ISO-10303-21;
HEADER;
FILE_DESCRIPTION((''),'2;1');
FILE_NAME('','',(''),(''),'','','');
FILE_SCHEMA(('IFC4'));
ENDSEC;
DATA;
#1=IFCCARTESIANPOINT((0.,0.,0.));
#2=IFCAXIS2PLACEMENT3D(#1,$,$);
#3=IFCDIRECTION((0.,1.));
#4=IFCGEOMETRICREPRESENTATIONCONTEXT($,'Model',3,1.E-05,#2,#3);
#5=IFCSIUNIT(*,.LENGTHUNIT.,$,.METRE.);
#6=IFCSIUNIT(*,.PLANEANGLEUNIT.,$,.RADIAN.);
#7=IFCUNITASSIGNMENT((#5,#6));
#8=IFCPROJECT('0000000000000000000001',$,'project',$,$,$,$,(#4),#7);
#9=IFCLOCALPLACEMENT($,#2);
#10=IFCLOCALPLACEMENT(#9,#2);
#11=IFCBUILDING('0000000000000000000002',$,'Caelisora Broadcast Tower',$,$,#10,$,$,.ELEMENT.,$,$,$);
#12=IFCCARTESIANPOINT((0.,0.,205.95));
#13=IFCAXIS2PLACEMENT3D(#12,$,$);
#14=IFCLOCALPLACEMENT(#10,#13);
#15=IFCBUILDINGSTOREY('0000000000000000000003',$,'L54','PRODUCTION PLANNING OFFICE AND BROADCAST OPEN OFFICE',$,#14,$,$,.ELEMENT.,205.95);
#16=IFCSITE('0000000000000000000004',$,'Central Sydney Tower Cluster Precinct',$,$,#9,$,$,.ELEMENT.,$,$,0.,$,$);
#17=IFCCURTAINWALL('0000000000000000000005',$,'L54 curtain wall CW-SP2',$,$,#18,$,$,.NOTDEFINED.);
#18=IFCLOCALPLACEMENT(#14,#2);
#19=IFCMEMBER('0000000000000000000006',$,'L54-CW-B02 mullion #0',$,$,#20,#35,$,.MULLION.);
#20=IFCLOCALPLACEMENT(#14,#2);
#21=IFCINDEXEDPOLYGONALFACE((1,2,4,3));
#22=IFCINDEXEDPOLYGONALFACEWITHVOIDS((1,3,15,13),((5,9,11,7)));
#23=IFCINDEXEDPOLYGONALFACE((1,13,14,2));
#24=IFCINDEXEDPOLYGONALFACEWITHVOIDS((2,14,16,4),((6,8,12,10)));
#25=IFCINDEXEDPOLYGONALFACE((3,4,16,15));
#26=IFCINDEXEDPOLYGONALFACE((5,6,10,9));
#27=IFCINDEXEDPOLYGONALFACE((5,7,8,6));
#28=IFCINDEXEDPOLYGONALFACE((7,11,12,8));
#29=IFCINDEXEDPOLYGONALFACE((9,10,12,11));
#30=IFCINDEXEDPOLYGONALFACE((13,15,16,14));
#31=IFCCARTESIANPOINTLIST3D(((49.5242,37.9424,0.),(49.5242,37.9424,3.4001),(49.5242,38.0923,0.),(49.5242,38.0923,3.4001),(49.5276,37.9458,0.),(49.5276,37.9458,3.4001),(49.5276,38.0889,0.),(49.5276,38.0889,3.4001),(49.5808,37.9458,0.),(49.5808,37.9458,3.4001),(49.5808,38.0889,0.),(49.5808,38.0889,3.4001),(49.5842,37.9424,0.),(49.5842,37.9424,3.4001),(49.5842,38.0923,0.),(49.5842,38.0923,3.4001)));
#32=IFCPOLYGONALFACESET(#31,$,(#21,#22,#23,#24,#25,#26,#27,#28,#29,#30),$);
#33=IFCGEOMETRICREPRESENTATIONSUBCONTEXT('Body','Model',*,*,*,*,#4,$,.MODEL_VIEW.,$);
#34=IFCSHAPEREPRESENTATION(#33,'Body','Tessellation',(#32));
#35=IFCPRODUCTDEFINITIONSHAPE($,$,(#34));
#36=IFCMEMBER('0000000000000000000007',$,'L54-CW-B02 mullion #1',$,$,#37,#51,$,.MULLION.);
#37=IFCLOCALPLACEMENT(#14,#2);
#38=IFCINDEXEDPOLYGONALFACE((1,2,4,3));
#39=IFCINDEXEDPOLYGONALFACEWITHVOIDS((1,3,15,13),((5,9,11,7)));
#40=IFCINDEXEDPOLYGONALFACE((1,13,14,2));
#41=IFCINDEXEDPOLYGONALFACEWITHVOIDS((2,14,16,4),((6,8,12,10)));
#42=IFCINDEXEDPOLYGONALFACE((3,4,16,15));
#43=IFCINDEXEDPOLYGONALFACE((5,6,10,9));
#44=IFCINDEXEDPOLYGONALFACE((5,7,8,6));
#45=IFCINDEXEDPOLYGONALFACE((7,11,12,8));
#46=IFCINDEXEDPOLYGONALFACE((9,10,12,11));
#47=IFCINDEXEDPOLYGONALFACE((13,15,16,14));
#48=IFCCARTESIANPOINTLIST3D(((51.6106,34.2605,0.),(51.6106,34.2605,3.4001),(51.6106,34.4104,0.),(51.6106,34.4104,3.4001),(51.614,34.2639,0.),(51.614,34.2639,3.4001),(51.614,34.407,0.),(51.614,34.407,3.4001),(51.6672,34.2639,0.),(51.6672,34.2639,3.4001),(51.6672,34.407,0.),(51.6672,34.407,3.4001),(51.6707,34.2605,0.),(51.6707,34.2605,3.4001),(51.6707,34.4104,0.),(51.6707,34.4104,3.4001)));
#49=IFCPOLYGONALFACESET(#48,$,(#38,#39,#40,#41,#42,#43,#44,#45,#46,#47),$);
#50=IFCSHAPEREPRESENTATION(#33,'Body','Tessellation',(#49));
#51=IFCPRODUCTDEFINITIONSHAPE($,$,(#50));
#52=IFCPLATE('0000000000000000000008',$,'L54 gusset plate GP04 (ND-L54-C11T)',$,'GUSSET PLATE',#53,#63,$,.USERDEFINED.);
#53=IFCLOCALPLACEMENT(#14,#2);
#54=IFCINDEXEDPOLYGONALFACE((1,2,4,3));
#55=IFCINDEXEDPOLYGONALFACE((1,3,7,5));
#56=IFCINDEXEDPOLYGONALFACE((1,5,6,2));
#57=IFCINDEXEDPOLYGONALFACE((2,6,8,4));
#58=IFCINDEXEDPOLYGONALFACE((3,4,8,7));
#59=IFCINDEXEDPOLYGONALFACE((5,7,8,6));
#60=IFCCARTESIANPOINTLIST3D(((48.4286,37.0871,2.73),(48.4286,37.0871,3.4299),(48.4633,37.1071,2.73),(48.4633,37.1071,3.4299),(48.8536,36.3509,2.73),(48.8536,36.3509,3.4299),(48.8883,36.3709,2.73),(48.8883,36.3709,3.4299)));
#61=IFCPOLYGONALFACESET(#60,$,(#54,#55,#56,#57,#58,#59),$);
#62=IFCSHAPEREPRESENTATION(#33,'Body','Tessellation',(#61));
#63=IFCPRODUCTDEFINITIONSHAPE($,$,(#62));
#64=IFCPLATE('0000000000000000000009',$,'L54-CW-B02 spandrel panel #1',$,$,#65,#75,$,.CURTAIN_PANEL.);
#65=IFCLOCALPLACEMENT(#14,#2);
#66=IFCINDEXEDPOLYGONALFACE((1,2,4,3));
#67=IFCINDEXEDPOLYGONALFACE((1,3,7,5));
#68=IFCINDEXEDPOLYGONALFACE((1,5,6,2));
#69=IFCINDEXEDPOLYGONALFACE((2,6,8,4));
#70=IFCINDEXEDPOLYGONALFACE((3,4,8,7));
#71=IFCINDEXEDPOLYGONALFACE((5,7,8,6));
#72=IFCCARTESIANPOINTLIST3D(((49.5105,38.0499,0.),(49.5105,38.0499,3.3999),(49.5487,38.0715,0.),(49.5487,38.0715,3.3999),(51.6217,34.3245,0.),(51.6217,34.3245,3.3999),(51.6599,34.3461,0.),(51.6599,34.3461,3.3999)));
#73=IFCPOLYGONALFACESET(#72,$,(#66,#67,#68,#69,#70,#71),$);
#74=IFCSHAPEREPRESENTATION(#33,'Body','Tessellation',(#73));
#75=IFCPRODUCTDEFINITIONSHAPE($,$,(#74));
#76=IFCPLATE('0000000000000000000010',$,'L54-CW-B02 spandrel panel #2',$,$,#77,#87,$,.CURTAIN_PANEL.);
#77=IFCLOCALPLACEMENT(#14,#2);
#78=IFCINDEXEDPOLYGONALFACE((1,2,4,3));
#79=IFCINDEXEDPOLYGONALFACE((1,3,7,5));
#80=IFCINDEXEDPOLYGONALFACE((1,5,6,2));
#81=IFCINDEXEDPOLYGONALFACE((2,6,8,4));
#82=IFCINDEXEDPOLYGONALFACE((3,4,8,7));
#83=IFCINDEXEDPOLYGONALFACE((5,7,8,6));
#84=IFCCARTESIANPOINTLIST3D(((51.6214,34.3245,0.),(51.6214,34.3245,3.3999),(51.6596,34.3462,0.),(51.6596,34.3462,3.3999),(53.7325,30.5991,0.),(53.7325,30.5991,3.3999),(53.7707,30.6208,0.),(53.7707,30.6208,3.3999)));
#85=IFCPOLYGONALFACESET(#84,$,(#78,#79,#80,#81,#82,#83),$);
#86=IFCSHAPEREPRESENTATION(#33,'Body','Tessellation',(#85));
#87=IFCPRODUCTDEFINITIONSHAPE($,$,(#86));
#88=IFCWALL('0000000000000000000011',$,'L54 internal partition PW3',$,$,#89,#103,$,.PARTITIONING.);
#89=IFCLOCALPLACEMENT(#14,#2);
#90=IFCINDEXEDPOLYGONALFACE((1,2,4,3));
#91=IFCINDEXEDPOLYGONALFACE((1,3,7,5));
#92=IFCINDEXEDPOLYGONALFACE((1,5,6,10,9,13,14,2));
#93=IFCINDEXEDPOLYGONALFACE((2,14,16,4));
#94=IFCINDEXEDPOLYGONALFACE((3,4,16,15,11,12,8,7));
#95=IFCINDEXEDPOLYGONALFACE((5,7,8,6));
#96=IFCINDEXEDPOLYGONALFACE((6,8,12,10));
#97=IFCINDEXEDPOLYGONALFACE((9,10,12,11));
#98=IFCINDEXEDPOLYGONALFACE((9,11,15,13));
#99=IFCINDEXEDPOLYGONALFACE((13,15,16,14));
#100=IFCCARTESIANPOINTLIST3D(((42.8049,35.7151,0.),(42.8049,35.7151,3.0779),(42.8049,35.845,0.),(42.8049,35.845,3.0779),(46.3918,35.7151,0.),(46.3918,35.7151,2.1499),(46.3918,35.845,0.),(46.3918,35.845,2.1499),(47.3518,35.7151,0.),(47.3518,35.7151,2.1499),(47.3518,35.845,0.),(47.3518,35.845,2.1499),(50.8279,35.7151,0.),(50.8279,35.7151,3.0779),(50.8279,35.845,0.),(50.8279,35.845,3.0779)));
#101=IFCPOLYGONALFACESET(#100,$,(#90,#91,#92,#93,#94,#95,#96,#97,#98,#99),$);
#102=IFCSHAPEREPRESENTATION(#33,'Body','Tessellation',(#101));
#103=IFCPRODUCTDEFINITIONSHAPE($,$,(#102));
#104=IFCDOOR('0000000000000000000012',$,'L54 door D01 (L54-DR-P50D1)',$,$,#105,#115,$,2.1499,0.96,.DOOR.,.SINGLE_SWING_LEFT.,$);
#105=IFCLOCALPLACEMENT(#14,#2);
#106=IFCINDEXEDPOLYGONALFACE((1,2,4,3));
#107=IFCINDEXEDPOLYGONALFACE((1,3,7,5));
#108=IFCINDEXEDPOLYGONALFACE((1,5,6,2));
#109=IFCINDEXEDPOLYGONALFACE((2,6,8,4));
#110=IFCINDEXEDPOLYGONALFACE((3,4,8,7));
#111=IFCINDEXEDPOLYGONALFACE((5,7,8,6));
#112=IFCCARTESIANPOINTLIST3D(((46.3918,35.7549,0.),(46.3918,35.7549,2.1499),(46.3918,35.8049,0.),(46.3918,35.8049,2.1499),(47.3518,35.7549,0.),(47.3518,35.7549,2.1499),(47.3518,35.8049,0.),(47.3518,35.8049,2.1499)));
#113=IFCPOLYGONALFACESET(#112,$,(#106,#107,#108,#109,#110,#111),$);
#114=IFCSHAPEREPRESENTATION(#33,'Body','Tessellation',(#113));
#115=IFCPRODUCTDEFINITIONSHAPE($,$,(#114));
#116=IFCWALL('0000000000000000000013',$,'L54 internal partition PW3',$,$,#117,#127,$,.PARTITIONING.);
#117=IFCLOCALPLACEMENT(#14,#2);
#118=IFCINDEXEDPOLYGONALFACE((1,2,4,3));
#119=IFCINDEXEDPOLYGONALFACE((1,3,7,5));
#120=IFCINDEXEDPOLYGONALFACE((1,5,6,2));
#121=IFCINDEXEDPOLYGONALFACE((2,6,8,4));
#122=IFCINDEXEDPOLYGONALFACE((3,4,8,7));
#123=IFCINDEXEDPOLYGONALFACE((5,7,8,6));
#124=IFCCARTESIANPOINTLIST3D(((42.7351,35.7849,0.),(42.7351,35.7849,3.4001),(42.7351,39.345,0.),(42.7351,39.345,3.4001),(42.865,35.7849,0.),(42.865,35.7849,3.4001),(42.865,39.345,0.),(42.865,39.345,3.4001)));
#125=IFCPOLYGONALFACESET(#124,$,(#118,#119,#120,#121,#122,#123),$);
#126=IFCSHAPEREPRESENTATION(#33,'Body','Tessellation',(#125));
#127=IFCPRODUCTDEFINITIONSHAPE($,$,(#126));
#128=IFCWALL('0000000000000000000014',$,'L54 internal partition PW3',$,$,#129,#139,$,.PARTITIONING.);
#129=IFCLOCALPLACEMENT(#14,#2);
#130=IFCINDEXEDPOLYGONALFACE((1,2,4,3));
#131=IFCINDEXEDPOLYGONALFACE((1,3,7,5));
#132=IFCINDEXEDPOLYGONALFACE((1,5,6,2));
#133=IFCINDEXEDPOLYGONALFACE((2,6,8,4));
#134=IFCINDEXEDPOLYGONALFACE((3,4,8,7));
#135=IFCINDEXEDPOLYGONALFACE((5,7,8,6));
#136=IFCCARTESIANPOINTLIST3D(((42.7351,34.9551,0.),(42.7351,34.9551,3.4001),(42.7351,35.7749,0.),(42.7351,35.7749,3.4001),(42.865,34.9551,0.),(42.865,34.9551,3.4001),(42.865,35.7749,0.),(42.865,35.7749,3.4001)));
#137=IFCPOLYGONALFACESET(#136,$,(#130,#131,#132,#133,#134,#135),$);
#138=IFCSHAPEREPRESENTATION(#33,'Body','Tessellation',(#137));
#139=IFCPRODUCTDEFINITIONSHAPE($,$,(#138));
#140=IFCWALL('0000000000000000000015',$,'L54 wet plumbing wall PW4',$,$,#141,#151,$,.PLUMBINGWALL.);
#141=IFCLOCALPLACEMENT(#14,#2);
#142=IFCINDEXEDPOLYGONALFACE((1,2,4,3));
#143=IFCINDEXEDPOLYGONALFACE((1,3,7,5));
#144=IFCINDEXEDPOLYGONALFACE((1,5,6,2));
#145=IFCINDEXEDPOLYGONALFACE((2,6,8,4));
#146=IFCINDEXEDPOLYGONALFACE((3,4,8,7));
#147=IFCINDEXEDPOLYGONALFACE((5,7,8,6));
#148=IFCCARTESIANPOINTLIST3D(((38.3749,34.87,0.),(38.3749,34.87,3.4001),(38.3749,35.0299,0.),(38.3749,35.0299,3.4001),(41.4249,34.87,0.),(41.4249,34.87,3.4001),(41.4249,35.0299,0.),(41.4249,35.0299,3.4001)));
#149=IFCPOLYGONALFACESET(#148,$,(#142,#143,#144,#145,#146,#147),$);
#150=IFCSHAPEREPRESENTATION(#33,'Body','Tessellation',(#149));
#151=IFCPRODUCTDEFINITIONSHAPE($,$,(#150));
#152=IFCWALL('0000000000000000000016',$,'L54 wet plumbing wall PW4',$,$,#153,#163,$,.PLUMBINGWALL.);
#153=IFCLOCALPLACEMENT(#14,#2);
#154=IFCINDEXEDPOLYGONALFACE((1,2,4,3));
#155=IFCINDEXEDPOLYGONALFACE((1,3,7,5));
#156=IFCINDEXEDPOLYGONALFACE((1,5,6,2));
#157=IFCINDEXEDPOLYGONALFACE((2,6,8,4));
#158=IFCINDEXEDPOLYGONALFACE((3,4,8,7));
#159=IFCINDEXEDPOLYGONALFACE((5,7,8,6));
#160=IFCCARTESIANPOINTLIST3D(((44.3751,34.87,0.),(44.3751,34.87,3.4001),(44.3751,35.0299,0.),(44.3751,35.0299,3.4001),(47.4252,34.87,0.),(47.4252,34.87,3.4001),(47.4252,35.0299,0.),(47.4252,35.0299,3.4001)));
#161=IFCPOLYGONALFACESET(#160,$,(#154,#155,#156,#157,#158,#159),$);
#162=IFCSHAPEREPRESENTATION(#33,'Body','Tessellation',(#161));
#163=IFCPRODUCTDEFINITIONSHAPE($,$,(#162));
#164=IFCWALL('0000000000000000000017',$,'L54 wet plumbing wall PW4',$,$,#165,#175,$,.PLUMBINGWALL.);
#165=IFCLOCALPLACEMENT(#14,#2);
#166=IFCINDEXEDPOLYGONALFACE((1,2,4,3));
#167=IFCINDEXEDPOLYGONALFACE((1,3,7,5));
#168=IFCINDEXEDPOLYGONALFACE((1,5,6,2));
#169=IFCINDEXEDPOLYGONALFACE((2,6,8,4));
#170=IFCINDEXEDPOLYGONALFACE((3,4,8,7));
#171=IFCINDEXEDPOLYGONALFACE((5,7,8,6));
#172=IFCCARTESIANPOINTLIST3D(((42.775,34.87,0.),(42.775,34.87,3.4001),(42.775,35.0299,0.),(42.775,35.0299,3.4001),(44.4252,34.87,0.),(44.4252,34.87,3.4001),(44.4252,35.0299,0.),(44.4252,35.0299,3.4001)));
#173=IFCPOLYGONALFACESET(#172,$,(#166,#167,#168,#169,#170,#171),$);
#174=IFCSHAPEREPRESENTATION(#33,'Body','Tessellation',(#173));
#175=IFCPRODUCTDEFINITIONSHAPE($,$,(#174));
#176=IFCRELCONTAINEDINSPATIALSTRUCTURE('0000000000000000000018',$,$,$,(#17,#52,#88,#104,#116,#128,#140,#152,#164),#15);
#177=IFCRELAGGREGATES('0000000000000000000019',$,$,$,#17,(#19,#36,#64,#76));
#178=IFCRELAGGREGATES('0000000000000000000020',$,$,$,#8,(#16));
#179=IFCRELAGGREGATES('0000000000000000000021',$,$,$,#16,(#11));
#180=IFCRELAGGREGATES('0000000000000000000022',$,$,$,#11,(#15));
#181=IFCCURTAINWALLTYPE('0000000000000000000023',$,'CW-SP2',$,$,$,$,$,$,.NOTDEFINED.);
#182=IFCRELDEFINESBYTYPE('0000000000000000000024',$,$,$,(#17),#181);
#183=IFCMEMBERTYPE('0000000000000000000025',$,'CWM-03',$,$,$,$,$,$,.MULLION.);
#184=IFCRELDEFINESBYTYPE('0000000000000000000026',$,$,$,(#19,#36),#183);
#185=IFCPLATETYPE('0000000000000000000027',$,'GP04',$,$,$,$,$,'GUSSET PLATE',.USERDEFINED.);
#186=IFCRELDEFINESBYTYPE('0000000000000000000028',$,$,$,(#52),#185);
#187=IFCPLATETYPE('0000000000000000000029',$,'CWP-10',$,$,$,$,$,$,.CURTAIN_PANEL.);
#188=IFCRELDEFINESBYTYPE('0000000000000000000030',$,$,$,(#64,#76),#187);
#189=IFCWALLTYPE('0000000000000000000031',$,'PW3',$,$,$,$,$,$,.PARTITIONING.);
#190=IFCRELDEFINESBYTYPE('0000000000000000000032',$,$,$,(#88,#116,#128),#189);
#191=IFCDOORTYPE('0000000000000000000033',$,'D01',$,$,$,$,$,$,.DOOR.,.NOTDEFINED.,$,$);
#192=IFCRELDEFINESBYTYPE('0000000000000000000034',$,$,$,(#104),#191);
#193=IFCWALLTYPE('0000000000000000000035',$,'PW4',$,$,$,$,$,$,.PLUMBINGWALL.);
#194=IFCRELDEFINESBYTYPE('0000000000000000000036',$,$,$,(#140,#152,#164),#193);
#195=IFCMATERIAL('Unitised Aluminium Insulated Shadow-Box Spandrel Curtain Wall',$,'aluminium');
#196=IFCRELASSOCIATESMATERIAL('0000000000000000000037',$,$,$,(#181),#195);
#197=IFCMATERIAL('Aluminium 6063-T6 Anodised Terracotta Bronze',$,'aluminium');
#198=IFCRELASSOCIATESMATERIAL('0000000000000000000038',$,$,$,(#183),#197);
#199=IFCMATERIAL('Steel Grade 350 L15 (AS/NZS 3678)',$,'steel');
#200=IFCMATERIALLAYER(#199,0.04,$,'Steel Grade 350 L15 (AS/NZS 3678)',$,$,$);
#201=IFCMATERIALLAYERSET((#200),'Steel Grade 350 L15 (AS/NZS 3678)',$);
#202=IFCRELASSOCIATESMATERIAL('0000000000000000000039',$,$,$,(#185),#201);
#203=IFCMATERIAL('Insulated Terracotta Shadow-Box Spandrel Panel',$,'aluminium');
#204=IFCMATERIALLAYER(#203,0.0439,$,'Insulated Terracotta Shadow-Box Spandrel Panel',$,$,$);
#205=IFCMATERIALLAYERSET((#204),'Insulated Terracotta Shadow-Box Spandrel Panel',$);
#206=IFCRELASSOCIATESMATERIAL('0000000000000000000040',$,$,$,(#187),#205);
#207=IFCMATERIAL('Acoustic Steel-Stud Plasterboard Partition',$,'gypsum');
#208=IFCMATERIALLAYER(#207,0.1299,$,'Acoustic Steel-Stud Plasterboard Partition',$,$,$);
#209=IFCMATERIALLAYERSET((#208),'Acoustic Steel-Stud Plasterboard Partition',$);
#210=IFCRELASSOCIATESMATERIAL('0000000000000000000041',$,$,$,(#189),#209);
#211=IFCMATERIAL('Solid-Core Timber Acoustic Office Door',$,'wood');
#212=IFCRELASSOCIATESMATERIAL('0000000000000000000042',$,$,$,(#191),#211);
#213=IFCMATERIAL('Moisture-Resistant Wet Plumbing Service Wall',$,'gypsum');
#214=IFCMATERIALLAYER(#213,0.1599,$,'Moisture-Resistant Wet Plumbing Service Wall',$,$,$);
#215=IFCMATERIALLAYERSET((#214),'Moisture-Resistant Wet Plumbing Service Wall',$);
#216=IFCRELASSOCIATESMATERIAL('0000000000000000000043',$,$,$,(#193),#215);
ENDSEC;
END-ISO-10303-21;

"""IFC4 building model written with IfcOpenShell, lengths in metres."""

from ifc_helpers import new_model, si_unit, direction, frame, frame_2d, origin, origin_2d, place, context, subcontext, project, spatial, rectangle, hollow_rectangle, extrude, source, transform, mapped, material, layer, layer_set, material_profile, profile_set, type_object, type_shapes, element, fill, aggregate, save


model = new_model("IFC4")

# Units and contexts
model_context = context("Model", 3, precision=1e-05, world=origin(), true_north=direction((0.0, 1.0)))
body_context = subcontext(model_context, "Body", "Model", "MODEL_VIEW")
ifc_project = project(units=[si_unit("LENGTHUNIT", "METRE"), si_unit("PLANEANGLEUNIT", "RADIAN")], contexts=[model_context])

# Site, building, storey
site_placement = place(None, origin())
site = spatial("IfcSite", under=ifc_project, at=site_placement, Name="Central Sydney Tower Cluster Precinct", CompositionType="ELEMENT", RefElevation=0.0)
building_placement = place(site_placement, origin())
building = spatial("IfcBuilding", under=site, at=building_placement, Name="Caelisora Broadcast Tower", CompositionType="ELEMENT")
storey_placement = place(building_placement, frame((0.0, 0.0, 205.95)))
storey = spatial("IfcBuildingStorey", under=building, at=storey_placement, Name="L54", Description="PRODUCTION PLANNING OFFICE AND BROADCAST OPEN OFFICE", CompositionType="ELEMENT", Elevation=205.95)

# Shared definitions
ifc_material_1 = material(Name="Steel Grade 350 L15 (AS/NZS 3678)", Category="steel")

# Curtain wall, members
ifc_material_2 = material(Name="Unitised Aluminium Insulated Shadow-Box Spandrel Curtain Wall", Category="aluminium")
curtain_wall_type = type_object("IfcCurtainWallType", Name="CW-SP2", PredefinedType="NOTDEFINED", material=ifc_material_2)
curtain_wall_placement = place(storey_placement, origin())
curtain_wall = element("IfcCurtainWall", 1, at=curtain_wall_placement, inside=storey, type_object=curtain_wall_type, Name="L54 curtain wall CW-SP2", PredefinedType="NOTDEFINED")
ifc_material_3 = material(Name="Aluminium 6063-T6 Anodised Terracotta Bronze", Category="aluminium")
ifc_material_profile_1 = material_profile(ifc_material_3, hollow_rectangle(XDim=0.0601, YDim=0.1499, WallThickness=0.0034, at=origin_2d()), Name="Aluminium 6063-T6 Anodised Terracotta Bronze")
ifc_profile_set_1 = profile_set([ifc_material_profile_1], Name="Aluminium 6063-T6 Anodised Terracotta Bronze")
member_type = type_object("IfcMemberType", Name="CWM-03", PredefinedType="MULLION", material=ifc_profile_set_1)
shared_shape_1 = source(origin(), body_context, "Body", "SweptSolid", [
    extrude(hollow_rectangle(XDim=0.0601, YDim=0.1499, WallThickness=0.0034, at=origin_2d()), origin(), (0.0, 0.0, 1.0), 3.4001),
])
type_shapes(member_type, [shared_shape_1])
member_1_placement = place(storey_placement, frame((49.5542, 38.0173, 0.0), z_axis=(0.0, 0.0, 1.0), x_axis=(1.0, 0.0, 0.0)))
member_1 = element("IfcMember", 2, at=member_1_placement, type_object=member_type, Name="L54-CW-B02 mullion #0", PredefinedType="MULLION", context=body_context, shape_type="MappedRepresentation", body=[
    mapped(shared_shape_1, transform((0.0, 0.0, 0.0), scale=1.0)),
])
member_2_placement = place(storey_placement, frame((51.6406, 34.3354, 0.0), z_axis=(0.0, 0.0, 1.0), x_axis=(1.0, 0.0, 0.0)))
member_2 = element("IfcMember", 3, at=member_2_placement, type_object=member_type, Name="L54-CW-B02 mullion #1", PredefinedType="MULLION", context=body_context, shape_type="MappedRepresentation", body=[
    mapped(shared_shape_1, transform((0.0, 0.0, 0.0), scale=1.0)),
])

# Plates
ifc_layer_1 = layer(ifc_material_1, 0.04, Name="Steel Grade 350 L15 (AS/NZS 3678)")
ifc_layer_set_1 = layer_set([ifc_layer_1], Name="Steel Grade 350 L15 (AS/NZS 3678)")
plate_type_1 = type_object("IfcPlateType", Name="GP04", ElementType="GUSSET PLATE", PredefinedType="USERDEFINED", material=ifc_layer_set_1)
shared_shape_2 = source(origin(), body_context, "Body", "SweptSolid", [
    extrude(rectangle(XDim=0.8501, YDim=0.04, at=origin_2d()), origin(), (0.0, 0.0, 1.0), 0.7),
])
type_shapes(plate_type_1, [shared_shape_2])
plate_1_placement = place(storey_placement, frame((48.6584, 36.729, 2.73), z_axis=(0.0, 0.0, 1.0), x_axis=(-0.5, 0.866025, 0.0)))
element("IfcPlate", 4, at=plate_1_placement, inside=storey, type_object=plate_type_1, Name="L54 gusset plate GP04 (ND-L54-C11T)", ObjectType="GUSSET PLATE", PredefinedType="USERDEFINED", context=body_context, shape_type="MappedRepresentation", body=[
    mapped(shared_shape_2, transform((0.0, 0.0, 0.0), scale=1.0)),
])
ifc_material_4 = material(Name="Insulated Terracotta Shadow-Box Spandrel Panel", Category="aluminium")
ifc_layer_2 = layer(ifc_material_4, 0.0439, Name="Insulated Terracotta Shadow-Box Spandrel Panel")
ifc_layer_set_2 = layer_set([ifc_layer_2], Name="Insulated Terracotta Shadow-Box Spandrel Panel")
plate_type_2 = type_object("IfcPlateType", Name="CWP-10", PredefinedType="CURTAIN_PANEL", material=ifc_layer_set_2)
shared_shape_3 = source(origin(), body_context, "Body", "SweptSolid", [
    extrude(rectangle(XDim=4.282, YDim=0.0439, at=origin_2d()), origin(), (0.0, 0.0, 1.0), 3.3999),
])
type_shapes(plate_type_2, [shared_shape_3])
plate_2_placement = place(storey_placement, frame((50.5852, 36.198, 0.0), z_axis=(0.0, 0.0, 1.0), x_axis=(0.493031, -0.870012, 0.0)))
plate_2 = element("IfcPlate", 5, at=plate_2_placement, type_object=plate_type_2, Name="L54-CW-B02 spandrel panel #1", PredefinedType="CURTAIN_PANEL", context=body_context, shape_type="MappedRepresentation", body=[
    mapped(shared_shape_3, transform((0.0, 0.0, 0.0), scale=1.0)),
])
plate_3_placement = place(storey_placement, frame((52.696, 32.4727, 0.0), z_axis=(0.0, 0.0, 1.0), x_axis=(0.493031, -0.870012, 0.0)))
plate_3 = element("IfcPlate", 6, at=plate_3_placement, type_object=plate_type_2, Name="L54-CW-B02 spandrel panel #2", PredefinedType="CURTAIN_PANEL", context=body_context, shape_type="MappedRepresentation", body=[
    mapped(shared_shape_3, transform((0.0, 0.0, 0.0), scale=1.0)),
])
aggregate(curtain_wall, [member_1, member_2, plate_2, plate_3])

# Wall, opening, door
ifc_material_5 = material(Name="Acoustic Steel-Stud Plasterboard Partition", Category="gypsum")
ifc_layer_3 = layer(ifc_material_5, 0.1299, Name="Acoustic Steel-Stud Plasterboard Partition")
ifc_layer_set_3 = layer_set([ifc_layer_3], Name="Acoustic Steel-Stud Plasterboard Partition")
wall_type_1 = type_object("IfcWallType", Name="PW3", PredefinedType="PARTITIONING", material=ifc_layer_set_3)
wall_1_placement = place(storey_placement, frame((42.8049, 35.78, 0.0), z_axis=(0.0, 0.0, 1.0), x_axis=(1.0, 0.0, 0.0)))
wall_1 = element("IfcWall", 7, at=wall_1_placement, inside=storey, type_object=wall_type_1, Name="L54 internal partition PW3", PredefinedType="PARTITIONING", context=body_context, shape_type="SweptSolid", body=[
    extrude(rectangle(XDim=8.0229, YDim=0.1299, at=frame_2d((4.0115, 0.0))), origin(), (0.0, 0.0, 1.0), 3.0779),
])
opening_placement = place(wall_1_placement, frame((3.5869, 0.0, 0.0)))
opening = element("IfcOpeningElement", 8, at=opening_placement, cuts=wall_1, PredefinedType="OPENING", context=body_context, shape_type="SweptSolid", body=[
    extrude(rectangle(XDim=0.96, YDim=2.1499, at=frame_2d((0.48, 1.075))), frame((0.0, 0.0769, 0.0), z_axis=(0.0, -1.0, 0.0), x_axis=(1.0, 0.0, 0.0)), (0.0, 0.0, 1.0), 0.1538),
])
ifc_material_6 = material(Name="Solid-Core Timber Acoustic Office Door", Category="wood")
door_type = type_object("IfcDoorType", Name="D01", OperationType="NOTDEFINED", PredefinedType="DOOR", material=ifc_material_6)
door_placement = place(opening_placement, origin())
door = element("IfcDoor", 9, at=door_placement, inside=storey, type_object=door_type, Name="L54 door D01 (L54-DR-P50D1)", OperationType="SINGLE_SWING_LEFT", OverallHeight=2.1499, OverallWidth=0.96, PredefinedType="DOOR", context=body_context, shape_type="SweptSolid", body=[
    extrude(rectangle(XDim=0.96, YDim=2.1499, at=frame_2d((0.48, 1.075))), frame((0.0, 0.0249, 0.0), z_axis=(0.0, -1.0, 0.0), x_axis=(1.0, 0.0, 0.0)), (0.0, 0.0, 1.0), 0.05),
])
fill(opening, door)

# Walls
wall_2_placement = place(storey_placement, frame((42.8, 35.7849, 0.0), z_axis=(0.0, 0.0, 1.0), x_axis=(0.0, 1.0, 0.0)))
element("IfcWall", 10, at=wall_2_placement, inside=storey, type_object=wall_type_1, Name="L54 internal partition PW3", PredefinedType="PARTITIONING", context=body_context, shape_type="SweptSolid", body=[
    extrude(rectangle(XDim=3.5601, YDim=0.1299, at=frame_2d((1.78, 0.0))), origin(), (0.0, 0.0, 1.0), 3.4001),
])
wall_3_placement = place(storey_placement, frame((42.8, 34.9551, 0.0), z_axis=(0.0, 0.0, 1.0), x_axis=(0.0, 1.0, 0.0)))
element("IfcWall", 11, at=wall_3_placement, inside=storey, type_object=wall_type_1, Name="L54 internal partition PW3", PredefinedType="PARTITIONING", context=body_context, shape_type="SweptSolid", body=[
    extrude(rectangle(XDim=0.8198, YDim=0.1299, at=frame_2d((0.4099, 0.0))), origin(), (0.0, 0.0, 1.0), 3.4001),
])
ifc_material_7 = material(Name="Moisture-Resistant Wet Plumbing Service Wall", Category="gypsum")
ifc_layer_4 = layer(ifc_material_7, 0.1599, Name="Moisture-Resistant Wet Plumbing Service Wall")
ifc_layer_set_4 = layer_set([ifc_layer_4], Name="Moisture-Resistant Wet Plumbing Service Wall")
wall_type_2 = type_object("IfcWallType", Name="PW4", PredefinedType="PLUMBINGWALL", material=ifc_layer_set_4)
for number, where, z_axis, x_axis, name in (
    (12, (38.375, 34.95, 0.0), (0.0, 0.0, 1.0), (1.0, 0.0, 0.0), "L54 wet plumbing wall PW4"),
    (13, (47.425, 34.95, 0.0), (0.0, 0.0, 1.0), (-1.0, 0.0, 0.0), "L54 wet plumbing wall PW4"),
):
    element("IfcWall", number, at=place(storey_placement, frame(where, z_axis=z_axis, x_axis=x_axis)), inside=storey, type_object=wall_type_2, Name=name, PredefinedType="PLUMBINGWALL", context=body_context, shape_type="SweptSolid", body=[
        extrude(rectangle(XDim=3.05, YDim=0.1599, at=frame_2d((1.5249, 0.0))), origin(), (0.0, 0.0, 1.0), 3.4001),
    ])
wall_4_placement = place(storey_placement, frame((42.7749, 34.95, 0.0), z_axis=(0.0, 0.0, 1.0), x_axis=(1.0, 0.0, 0.0)))
element("IfcWall", 14, at=wall_4_placement, inside=storey, type_object=wall_type_2, Name="L54 wet plumbing wall PW4", PredefinedType="PLUMBINGWALL", context=body_context, shape_type="SweptSolid", body=[
    extrude(rectangle(XDim=1.6501, YDim=0.1599, at=frame_2d((0.8252, 0.0))), origin(), (0.0, 0.0, 1.0), 3.4001),
])

save(model, "model.ifc")
